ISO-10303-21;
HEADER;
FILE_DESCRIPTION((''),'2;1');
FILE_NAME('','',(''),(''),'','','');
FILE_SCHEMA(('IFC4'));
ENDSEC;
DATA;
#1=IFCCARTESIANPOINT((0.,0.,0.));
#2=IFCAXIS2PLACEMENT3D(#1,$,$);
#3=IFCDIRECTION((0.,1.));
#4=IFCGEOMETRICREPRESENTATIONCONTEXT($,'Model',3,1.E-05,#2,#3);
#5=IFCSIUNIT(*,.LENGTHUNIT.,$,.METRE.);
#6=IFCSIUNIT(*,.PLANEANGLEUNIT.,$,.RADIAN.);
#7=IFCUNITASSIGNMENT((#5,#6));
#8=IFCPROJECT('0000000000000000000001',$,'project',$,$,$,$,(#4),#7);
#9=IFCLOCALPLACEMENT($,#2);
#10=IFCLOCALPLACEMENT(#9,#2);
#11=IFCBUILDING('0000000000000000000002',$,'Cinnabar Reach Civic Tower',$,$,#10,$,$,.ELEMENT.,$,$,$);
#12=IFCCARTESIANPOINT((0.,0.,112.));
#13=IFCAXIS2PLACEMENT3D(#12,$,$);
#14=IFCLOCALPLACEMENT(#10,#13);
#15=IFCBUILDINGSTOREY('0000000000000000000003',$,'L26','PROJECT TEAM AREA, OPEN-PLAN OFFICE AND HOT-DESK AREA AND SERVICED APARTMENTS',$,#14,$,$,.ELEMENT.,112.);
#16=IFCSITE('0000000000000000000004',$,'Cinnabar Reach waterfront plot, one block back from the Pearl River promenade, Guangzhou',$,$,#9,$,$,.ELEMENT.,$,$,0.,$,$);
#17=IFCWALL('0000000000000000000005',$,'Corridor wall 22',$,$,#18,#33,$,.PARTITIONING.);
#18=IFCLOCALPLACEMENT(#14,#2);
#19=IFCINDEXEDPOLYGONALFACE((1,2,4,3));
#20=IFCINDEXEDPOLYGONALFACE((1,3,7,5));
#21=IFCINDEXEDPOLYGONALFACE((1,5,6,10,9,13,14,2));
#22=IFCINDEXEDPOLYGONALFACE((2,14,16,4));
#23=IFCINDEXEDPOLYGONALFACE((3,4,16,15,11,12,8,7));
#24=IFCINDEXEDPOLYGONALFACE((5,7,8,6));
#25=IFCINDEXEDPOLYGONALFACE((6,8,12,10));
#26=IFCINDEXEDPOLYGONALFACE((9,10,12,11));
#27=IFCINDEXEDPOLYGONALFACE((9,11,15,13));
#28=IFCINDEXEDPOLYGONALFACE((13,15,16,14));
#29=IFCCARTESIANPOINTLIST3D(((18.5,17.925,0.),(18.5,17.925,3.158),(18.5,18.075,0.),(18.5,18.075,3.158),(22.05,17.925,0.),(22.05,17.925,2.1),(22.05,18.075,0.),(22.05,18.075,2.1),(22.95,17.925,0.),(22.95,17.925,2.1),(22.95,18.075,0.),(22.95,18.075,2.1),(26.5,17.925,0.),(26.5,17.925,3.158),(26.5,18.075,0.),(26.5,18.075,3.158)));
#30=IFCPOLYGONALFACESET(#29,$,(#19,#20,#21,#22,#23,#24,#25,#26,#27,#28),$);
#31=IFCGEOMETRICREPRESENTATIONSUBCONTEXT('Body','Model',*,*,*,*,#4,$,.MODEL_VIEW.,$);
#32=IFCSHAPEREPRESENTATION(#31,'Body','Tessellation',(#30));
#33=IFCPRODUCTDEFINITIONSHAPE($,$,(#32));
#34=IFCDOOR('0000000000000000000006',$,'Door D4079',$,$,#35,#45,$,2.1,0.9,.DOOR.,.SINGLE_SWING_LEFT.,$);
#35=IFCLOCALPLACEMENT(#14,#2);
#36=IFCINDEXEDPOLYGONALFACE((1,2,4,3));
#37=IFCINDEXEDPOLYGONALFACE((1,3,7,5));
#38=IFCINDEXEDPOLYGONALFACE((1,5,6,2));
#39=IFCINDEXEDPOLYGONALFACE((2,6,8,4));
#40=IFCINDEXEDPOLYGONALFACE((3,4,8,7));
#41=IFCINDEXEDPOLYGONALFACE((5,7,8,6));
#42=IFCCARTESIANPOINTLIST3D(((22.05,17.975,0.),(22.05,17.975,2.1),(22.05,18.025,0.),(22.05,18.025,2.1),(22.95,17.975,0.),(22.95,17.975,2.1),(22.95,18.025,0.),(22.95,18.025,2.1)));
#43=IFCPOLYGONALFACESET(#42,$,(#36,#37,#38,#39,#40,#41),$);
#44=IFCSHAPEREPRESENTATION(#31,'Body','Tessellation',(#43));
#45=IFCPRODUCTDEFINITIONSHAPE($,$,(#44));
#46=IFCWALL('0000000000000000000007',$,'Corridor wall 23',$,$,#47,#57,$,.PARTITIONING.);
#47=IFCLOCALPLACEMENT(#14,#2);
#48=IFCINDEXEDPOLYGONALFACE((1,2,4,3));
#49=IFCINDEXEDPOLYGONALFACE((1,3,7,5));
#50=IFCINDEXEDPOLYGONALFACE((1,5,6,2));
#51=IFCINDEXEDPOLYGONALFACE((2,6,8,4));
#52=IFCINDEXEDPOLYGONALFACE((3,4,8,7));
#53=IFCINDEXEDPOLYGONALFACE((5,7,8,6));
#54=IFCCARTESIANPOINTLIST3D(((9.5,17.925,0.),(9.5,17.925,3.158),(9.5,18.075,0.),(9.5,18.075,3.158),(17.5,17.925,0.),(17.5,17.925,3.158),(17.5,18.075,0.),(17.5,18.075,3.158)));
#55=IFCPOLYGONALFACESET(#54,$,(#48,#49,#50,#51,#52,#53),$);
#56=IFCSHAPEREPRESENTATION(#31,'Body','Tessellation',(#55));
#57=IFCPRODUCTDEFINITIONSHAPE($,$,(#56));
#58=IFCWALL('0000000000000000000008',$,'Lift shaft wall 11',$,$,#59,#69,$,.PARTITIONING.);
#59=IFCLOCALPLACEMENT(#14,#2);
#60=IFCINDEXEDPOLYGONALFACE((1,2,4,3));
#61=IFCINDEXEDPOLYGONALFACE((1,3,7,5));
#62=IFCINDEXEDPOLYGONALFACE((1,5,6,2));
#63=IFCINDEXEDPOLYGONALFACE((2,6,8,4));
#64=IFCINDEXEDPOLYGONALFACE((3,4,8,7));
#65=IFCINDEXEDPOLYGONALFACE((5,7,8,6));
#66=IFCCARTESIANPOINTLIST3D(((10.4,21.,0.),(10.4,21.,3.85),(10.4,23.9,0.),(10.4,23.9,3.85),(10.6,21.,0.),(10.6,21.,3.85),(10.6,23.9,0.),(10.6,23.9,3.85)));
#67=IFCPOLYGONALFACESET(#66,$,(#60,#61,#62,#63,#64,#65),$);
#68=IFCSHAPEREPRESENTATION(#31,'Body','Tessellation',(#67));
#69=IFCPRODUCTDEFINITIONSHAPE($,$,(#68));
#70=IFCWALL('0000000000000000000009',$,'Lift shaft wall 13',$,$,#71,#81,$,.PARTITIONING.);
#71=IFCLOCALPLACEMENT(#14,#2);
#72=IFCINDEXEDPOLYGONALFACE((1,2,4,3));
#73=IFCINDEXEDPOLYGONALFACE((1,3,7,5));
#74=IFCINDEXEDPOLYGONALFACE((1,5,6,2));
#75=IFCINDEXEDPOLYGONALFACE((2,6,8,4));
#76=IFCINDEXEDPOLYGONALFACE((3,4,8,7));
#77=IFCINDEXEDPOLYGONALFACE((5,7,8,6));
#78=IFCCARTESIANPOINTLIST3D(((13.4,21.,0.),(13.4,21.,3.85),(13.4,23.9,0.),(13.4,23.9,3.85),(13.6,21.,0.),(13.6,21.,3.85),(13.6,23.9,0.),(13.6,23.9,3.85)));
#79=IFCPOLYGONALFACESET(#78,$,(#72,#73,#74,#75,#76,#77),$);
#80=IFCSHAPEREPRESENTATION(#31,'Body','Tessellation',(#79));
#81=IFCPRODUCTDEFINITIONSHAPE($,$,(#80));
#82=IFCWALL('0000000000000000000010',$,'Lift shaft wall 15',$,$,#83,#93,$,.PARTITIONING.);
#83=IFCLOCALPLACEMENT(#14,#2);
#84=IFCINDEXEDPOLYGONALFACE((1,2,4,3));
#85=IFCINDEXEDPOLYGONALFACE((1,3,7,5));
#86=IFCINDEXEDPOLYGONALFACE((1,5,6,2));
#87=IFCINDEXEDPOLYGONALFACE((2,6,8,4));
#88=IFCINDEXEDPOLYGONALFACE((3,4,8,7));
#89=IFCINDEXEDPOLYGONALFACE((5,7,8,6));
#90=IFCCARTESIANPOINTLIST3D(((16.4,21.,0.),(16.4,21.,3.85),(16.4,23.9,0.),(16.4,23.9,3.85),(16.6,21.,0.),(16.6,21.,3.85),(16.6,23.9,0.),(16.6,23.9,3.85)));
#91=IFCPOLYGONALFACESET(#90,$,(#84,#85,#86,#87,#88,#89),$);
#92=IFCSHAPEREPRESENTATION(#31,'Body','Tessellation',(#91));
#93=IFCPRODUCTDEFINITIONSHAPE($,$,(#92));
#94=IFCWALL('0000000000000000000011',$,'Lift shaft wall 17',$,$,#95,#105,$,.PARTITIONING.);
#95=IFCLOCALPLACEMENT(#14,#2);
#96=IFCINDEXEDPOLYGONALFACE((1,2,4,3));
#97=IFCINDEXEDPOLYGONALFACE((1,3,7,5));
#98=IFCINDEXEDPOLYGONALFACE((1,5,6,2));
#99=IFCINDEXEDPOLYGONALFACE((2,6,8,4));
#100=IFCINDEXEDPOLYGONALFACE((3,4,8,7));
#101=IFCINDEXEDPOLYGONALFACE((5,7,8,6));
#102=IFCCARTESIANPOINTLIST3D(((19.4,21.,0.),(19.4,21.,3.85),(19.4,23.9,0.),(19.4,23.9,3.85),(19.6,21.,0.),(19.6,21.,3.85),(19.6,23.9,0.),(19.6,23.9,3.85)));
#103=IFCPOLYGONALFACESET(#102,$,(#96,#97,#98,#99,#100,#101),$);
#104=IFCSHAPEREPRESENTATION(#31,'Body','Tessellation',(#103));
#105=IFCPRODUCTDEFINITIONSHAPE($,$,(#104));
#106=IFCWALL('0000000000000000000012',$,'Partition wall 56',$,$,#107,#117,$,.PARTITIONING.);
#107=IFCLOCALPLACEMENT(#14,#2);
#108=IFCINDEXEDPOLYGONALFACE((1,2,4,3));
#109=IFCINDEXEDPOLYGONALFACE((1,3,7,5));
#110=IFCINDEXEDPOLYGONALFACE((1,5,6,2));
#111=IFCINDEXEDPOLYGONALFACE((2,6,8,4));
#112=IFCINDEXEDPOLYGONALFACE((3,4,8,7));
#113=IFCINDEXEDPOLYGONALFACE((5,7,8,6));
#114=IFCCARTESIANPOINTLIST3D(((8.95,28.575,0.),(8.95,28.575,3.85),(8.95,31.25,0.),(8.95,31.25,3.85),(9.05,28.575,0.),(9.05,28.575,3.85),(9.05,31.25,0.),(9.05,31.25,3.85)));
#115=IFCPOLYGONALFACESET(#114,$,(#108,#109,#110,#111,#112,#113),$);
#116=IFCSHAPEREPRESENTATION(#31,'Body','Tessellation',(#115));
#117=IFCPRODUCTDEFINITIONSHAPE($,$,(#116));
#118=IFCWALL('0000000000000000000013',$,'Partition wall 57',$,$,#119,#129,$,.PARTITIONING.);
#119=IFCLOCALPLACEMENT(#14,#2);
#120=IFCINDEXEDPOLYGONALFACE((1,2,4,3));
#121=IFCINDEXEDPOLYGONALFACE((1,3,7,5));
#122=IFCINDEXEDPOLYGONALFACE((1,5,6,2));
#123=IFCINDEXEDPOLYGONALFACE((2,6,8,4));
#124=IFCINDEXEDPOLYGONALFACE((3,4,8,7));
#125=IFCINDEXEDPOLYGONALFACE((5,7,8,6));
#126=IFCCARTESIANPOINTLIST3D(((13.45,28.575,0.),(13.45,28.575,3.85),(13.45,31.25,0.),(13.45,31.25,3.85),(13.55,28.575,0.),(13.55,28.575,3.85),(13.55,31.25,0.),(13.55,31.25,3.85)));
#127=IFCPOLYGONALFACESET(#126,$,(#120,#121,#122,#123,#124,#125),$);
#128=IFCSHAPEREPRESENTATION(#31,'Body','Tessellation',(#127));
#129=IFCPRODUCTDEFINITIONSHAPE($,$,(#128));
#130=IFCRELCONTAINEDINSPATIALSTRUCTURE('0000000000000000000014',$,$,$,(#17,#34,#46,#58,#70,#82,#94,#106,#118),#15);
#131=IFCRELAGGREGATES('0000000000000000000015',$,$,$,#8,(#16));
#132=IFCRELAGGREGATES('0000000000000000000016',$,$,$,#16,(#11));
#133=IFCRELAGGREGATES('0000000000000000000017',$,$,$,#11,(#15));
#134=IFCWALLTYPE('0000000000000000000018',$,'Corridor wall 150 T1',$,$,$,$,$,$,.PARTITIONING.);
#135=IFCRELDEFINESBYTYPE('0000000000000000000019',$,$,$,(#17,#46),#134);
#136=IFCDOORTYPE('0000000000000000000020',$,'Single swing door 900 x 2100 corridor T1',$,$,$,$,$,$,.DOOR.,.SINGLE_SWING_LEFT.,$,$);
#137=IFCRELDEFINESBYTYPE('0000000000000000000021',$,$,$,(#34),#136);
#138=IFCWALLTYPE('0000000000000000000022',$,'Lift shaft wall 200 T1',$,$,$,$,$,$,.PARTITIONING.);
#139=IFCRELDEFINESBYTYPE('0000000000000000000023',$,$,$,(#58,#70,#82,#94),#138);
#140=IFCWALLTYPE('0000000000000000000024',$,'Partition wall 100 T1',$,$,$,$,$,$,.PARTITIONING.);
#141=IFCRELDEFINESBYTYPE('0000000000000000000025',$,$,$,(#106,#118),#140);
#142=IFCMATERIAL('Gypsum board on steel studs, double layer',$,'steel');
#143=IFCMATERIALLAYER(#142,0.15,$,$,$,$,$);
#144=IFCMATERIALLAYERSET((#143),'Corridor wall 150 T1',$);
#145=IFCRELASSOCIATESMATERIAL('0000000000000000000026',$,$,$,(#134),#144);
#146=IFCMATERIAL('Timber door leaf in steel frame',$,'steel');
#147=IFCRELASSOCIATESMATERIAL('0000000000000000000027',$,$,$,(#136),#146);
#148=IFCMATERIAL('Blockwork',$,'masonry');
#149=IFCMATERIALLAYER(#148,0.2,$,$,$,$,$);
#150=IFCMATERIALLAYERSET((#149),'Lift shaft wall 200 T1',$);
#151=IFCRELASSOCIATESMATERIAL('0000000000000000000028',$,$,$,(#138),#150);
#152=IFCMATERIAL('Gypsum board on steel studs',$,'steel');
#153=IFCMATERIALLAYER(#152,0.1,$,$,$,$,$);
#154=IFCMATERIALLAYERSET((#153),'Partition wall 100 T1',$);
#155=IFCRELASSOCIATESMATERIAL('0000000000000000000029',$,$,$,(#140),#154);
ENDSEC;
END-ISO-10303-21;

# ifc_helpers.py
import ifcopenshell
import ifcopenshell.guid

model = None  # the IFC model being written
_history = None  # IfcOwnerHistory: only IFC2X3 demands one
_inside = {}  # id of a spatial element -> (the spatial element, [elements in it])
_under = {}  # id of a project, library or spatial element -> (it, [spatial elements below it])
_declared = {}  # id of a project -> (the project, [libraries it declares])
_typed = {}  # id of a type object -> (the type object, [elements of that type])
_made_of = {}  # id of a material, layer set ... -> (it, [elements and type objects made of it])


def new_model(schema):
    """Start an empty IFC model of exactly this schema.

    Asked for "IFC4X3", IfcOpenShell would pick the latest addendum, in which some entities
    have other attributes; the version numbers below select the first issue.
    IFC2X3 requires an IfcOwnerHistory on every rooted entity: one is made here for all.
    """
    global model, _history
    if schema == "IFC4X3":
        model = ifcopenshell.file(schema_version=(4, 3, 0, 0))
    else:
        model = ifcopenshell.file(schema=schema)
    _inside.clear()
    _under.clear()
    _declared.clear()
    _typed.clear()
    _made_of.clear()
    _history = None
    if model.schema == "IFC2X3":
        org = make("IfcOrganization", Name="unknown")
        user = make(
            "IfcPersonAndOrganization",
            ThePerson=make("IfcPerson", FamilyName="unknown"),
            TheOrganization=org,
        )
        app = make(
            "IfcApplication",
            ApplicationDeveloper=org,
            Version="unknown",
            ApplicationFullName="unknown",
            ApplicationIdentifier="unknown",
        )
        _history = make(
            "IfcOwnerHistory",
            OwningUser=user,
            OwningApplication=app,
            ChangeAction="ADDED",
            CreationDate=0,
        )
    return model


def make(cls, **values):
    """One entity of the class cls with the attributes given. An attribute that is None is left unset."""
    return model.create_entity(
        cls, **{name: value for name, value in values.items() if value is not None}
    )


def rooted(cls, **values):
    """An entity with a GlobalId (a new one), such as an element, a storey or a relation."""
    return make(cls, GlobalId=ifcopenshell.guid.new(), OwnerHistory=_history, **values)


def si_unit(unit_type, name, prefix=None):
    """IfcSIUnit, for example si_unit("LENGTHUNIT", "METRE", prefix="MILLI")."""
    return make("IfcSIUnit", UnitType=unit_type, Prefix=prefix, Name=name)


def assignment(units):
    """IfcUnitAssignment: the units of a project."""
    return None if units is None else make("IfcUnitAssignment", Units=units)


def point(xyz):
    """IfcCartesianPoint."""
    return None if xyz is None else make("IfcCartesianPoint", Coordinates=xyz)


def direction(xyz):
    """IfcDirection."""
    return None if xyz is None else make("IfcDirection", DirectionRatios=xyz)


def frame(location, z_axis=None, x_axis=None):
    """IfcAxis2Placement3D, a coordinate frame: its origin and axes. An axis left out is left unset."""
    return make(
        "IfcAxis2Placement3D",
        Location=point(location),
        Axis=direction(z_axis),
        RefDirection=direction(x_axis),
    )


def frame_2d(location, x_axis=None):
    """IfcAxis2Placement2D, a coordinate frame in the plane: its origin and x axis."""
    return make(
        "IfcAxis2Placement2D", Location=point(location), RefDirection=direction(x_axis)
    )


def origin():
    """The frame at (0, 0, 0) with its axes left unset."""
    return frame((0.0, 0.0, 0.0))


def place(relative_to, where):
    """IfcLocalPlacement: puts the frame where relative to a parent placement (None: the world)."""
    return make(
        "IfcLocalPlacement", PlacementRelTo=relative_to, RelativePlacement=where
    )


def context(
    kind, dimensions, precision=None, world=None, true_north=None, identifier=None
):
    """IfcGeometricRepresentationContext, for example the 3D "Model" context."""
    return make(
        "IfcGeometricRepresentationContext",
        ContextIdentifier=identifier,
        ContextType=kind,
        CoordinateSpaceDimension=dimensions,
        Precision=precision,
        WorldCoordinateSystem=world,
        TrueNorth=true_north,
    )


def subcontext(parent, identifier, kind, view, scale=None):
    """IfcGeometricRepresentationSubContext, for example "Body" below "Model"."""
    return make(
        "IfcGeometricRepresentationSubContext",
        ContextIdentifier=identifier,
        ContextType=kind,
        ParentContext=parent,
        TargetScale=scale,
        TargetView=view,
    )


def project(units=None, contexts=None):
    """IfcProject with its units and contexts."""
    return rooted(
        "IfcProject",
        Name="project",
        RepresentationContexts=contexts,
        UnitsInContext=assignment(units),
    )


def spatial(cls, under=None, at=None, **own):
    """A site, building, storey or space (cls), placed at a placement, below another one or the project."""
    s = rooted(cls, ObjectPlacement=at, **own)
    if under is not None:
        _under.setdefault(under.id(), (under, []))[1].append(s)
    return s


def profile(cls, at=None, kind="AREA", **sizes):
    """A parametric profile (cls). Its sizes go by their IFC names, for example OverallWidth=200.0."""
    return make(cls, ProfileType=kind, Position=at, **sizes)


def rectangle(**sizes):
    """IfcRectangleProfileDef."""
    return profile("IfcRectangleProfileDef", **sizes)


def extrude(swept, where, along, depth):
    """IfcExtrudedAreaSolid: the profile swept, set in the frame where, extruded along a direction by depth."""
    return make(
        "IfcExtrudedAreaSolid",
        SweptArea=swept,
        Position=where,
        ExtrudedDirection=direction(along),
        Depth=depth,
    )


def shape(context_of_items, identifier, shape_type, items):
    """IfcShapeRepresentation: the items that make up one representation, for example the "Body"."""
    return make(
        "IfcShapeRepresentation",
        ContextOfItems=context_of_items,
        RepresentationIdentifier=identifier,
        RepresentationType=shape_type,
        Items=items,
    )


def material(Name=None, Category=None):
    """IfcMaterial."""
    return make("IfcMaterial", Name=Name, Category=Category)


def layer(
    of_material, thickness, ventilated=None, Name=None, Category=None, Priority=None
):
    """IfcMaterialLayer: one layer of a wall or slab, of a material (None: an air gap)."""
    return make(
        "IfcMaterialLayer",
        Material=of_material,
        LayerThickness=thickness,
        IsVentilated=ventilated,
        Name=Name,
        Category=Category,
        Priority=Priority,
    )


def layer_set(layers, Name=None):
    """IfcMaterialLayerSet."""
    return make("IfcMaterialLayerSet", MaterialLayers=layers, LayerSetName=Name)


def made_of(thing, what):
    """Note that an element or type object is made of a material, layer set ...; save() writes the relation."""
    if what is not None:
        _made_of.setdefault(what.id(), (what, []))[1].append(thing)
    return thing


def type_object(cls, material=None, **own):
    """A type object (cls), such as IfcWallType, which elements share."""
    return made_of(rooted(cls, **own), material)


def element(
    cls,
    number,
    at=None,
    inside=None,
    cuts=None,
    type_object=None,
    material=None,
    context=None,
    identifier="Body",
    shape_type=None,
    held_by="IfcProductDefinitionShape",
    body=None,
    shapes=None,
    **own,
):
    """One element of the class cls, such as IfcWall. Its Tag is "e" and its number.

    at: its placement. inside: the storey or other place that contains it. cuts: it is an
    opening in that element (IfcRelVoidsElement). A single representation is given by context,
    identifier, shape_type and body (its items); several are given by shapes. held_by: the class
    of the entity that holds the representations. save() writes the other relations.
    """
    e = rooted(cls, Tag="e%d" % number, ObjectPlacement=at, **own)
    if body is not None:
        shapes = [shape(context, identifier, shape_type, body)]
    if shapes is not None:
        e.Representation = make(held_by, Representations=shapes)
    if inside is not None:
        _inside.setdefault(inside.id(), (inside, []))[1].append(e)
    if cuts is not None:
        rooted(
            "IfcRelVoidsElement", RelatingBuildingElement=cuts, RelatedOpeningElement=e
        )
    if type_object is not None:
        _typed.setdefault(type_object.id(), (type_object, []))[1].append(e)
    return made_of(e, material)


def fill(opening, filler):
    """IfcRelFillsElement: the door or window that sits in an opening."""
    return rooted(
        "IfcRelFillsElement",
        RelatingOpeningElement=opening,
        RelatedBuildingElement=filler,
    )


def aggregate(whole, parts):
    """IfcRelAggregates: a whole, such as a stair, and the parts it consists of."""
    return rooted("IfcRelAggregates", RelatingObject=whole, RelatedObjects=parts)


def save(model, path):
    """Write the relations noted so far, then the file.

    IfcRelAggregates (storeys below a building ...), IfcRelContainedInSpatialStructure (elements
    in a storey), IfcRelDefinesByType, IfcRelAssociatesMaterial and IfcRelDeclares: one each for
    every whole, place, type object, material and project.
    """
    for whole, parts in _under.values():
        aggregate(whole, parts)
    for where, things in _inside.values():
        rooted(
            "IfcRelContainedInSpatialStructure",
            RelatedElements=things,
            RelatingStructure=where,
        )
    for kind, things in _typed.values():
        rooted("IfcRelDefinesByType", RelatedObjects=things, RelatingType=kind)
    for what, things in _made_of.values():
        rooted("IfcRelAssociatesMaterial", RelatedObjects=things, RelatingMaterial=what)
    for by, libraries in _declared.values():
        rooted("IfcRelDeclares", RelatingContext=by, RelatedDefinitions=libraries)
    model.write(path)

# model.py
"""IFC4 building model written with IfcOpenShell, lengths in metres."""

from ifc_helpers import new_model, si_unit, direction, frame, frame_2d, origin, place, context, subcontext, project, spatial, rectangle, extrude, material, layer, layer_set, type_object, element, fill, save


model = new_model("IFC4")

# Units and contexts
model_context = context("Model", 3, precision=1e-05, world=origin(), true_north=direction((0.0, 1.0)))
body_context = subcontext(model_context, "Body", "Model", "MODEL_VIEW")
ifc_project = project(units=[si_unit("LENGTHUNIT", "METRE"), si_unit("PLANEANGLEUNIT", "RADIAN")], contexts=[model_context])

# Site, building, storey
site_placement = place(None, origin())
site = spatial("IfcSite", under=ifc_project, at=site_placement, Name="Cinnabar Reach waterfront plot, one block back from the Pearl River promenade, Guangzhou", CompositionType="ELEMENT", RefElevation=0.0)
building_placement = place(site_placement, origin())
building = spatial("IfcBuilding", under=site, at=building_placement, Name="Cinnabar Reach Civic Tower", CompositionType="ELEMENT")
storey_placement = place(building_placement, frame((0.0, 0.0, 112.0)))
storey = spatial("IfcBuildingStorey", under=building, at=storey_placement, Name="L26", Description="PROJECT TEAM AREA, OPEN-PLAN OFFICE AND HOT-DESK AREA AND SERVICED APARTMENTS", CompositionType="ELEMENT", Elevation=112.0)

# Wall, opening, door
ifc_material_1 = material(Name="Timber door leaf in steel frame", Category="steel")
ifc_material_2 = material(Name="Gypsum board on steel studs, double layer", Category="steel")
ifc_layer_1 = layer(ifc_material_2, 0.15)
ifc_layer_set_1 = layer_set([ifc_layer_1], Name="Corridor wall 150 T1")
wall_type_1 = type_object("IfcWallType", Name="Corridor wall 150 T1", PredefinedType="PARTITIONING", material=ifc_layer_set_1)
wall_1_placement = place(storey_placement, frame((18.5, 18.0, 0.0), z_axis=(0.0, 0.0, 1.0), x_axis=(1.0, 0.0, 0.0)))
wall_1 = element("IfcWall", 1, at=wall_1_placement, inside=storey, type_object=wall_type_1, Name="Corridor wall 22", PredefinedType="PARTITIONING", context=body_context, shape_type="SweptSolid", body=[
    extrude(rectangle(XDim=8.0, YDim=0.15, at=frame_2d((4.0, 0.0))), origin(), (0.0, 0.0, 1.0), 3.158),
])
opening_1_placement = place(wall_1_placement, frame((3.55, 0.0, 0.0)))
opening_1 = element("IfcOpeningElement", 2, at=opening_1_placement, cuts=wall_1, PredefinedType="OPENING", context=body_context, shape_type="SweptSolid", body=[
    extrude(rectangle(XDim=0.9, YDim=2.1, at=frame_2d((0.45, 1.05))), frame((0.0, 0.085, 0.0), z_axis=(0.0, -1.0, 0.0), x_axis=(1.0, 0.0, 0.0)), (0.0, 0.0, 1.0), 0.17),
])
door_type_1 = type_object("IfcDoorType", Name="Single swing door 900 x 2100 corridor T1", OperationType="SINGLE_SWING_LEFT", PredefinedType="DOOR", material=ifc_material_1)
door_1_placement = place(opening_1_placement, frame((0.9, 0.0, 0.0), z_axis=(0.0, 0.0, 1.0), x_axis=(-1.0, 0.0, 0.0)))
door_1 = element("IfcDoor", 3, at=door_1_placement, inside=storey, type_object=door_type_1, Name="Door D4079", OperationType="SINGLE_SWING_LEFT", OverallHeight=2.1, OverallWidth=0.9, PredefinedType="DOOR", context=body_context, shape_type="SweptSolid", body=[
    extrude(rectangle(XDim=0.9, YDim=2.1, at=frame_2d((0.45, 1.05))), frame((0.0, 0.025, 0.0), z_axis=(0.0, -1.0, 0.0), x_axis=(1.0, 0.0, 0.0)), (0.0, 0.0, 1.0), 0.05),
])
fill(opening_1, door_1)

# Walls
wall_2_placement = place(storey_placement, frame((9.5, 18.0, 0.0), z_axis=(0.0, 0.0, 1.0), x_axis=(1.0, 0.0, 0.0)))
element("IfcWall", 4, at=wall_2_placement, inside=storey, type_object=wall_type_1, Name="Corridor wall 23", PredefinedType="PARTITIONING", context=body_context, shape_type="SweptSolid", body=[
    extrude(rectangle(XDim=8.0, YDim=0.15, at=frame_2d((4.0, 0.0))), origin(), (0.0, 0.0, 1.0), 3.158),
])
ifc_material_3 = material(Name="Blockwork", Category="masonry")
ifc_layer_2 = layer(ifc_material_3, 0.2)
ifc_layer_set_2 = layer_set([ifc_layer_2], Name="Lift shaft wall 200 T1")
wall_type_2 = type_object("IfcWallType", Name="Lift shaft wall 200 T1", PredefinedType="PARTITIONING", material=ifc_layer_set_2)
for number, where, z_axis, x_axis, name in (
    (5, (10.5, 21.0, 0.0), (0.0, 0.0, 1.0), (0.0, 1.0, 0.0), "Lift shaft wall 11"),
    (6, (13.5, 21.0, 0.0), (0.0, 0.0, 1.0), (0.0, 1.0, 0.0), "Lift shaft wall 13"),
    (7, (16.5, 21.0, 0.0), (0.0, 0.0, 1.0), (0.0, 1.0, 0.0), "Lift shaft wall 15"),
    (8, (19.5, 21.0, 0.0), (0.0, 0.0, 1.0), (0.0, 1.0, 0.0), "Lift shaft wall 17"),
):
    element("IfcWall", number, at=place(storey_placement, frame(where, z_axis=z_axis, x_axis=x_axis)), inside=storey, type_object=wall_type_2, Name=name, PredefinedType="PARTITIONING", context=body_context, shape_type="SweptSolid", body=[
        extrude(rectangle(XDim=2.9, YDim=0.2, at=frame_2d((1.45, 0.0))), origin(), (0.0, 0.0, 1.0), 3.85),
    ])
ifc_material_4 = material(Name="Gypsum board on steel studs", Category="steel")
ifc_layer_3 = layer(ifc_material_4, 0.1)
ifc_layer_set_3 = layer_set([ifc_layer_3], Name="Partition wall 100 T1")
wall_type_3 = type_object("IfcWallType", Name="Partition wall 100 T1", PredefinedType="PARTITIONING", material=ifc_layer_set_3)
for number, where, z_axis, x_axis, name in (
    (9, (9.0, 28.575, 0.0), (0.0, 0.0, 1.0), (0.0, 1.0, 0.0), "Partition wall 56"),
    (10, (13.5, 28.575, 0.0), (0.0, 0.0, 1.0), (0.0, 1.0, 0.0), "Partition wall 57"),
):
    element("IfcWall", number, at=place(storey_placement, frame(where, z_axis=z_axis, x_axis=x_axis)), inside=storey, type_object=wall_type_3, Name=name, PredefinedType="PARTITIONING", context=body_context, shape_type="SweptSolid", body=[
        extrude(rectangle(XDim=2.675, YDim=0.1, at=frame_2d((1.3375, 0.0))), origin(), (0.0, 0.0, 1.0), 3.85),
    ])

save(model, "model.ifc")
